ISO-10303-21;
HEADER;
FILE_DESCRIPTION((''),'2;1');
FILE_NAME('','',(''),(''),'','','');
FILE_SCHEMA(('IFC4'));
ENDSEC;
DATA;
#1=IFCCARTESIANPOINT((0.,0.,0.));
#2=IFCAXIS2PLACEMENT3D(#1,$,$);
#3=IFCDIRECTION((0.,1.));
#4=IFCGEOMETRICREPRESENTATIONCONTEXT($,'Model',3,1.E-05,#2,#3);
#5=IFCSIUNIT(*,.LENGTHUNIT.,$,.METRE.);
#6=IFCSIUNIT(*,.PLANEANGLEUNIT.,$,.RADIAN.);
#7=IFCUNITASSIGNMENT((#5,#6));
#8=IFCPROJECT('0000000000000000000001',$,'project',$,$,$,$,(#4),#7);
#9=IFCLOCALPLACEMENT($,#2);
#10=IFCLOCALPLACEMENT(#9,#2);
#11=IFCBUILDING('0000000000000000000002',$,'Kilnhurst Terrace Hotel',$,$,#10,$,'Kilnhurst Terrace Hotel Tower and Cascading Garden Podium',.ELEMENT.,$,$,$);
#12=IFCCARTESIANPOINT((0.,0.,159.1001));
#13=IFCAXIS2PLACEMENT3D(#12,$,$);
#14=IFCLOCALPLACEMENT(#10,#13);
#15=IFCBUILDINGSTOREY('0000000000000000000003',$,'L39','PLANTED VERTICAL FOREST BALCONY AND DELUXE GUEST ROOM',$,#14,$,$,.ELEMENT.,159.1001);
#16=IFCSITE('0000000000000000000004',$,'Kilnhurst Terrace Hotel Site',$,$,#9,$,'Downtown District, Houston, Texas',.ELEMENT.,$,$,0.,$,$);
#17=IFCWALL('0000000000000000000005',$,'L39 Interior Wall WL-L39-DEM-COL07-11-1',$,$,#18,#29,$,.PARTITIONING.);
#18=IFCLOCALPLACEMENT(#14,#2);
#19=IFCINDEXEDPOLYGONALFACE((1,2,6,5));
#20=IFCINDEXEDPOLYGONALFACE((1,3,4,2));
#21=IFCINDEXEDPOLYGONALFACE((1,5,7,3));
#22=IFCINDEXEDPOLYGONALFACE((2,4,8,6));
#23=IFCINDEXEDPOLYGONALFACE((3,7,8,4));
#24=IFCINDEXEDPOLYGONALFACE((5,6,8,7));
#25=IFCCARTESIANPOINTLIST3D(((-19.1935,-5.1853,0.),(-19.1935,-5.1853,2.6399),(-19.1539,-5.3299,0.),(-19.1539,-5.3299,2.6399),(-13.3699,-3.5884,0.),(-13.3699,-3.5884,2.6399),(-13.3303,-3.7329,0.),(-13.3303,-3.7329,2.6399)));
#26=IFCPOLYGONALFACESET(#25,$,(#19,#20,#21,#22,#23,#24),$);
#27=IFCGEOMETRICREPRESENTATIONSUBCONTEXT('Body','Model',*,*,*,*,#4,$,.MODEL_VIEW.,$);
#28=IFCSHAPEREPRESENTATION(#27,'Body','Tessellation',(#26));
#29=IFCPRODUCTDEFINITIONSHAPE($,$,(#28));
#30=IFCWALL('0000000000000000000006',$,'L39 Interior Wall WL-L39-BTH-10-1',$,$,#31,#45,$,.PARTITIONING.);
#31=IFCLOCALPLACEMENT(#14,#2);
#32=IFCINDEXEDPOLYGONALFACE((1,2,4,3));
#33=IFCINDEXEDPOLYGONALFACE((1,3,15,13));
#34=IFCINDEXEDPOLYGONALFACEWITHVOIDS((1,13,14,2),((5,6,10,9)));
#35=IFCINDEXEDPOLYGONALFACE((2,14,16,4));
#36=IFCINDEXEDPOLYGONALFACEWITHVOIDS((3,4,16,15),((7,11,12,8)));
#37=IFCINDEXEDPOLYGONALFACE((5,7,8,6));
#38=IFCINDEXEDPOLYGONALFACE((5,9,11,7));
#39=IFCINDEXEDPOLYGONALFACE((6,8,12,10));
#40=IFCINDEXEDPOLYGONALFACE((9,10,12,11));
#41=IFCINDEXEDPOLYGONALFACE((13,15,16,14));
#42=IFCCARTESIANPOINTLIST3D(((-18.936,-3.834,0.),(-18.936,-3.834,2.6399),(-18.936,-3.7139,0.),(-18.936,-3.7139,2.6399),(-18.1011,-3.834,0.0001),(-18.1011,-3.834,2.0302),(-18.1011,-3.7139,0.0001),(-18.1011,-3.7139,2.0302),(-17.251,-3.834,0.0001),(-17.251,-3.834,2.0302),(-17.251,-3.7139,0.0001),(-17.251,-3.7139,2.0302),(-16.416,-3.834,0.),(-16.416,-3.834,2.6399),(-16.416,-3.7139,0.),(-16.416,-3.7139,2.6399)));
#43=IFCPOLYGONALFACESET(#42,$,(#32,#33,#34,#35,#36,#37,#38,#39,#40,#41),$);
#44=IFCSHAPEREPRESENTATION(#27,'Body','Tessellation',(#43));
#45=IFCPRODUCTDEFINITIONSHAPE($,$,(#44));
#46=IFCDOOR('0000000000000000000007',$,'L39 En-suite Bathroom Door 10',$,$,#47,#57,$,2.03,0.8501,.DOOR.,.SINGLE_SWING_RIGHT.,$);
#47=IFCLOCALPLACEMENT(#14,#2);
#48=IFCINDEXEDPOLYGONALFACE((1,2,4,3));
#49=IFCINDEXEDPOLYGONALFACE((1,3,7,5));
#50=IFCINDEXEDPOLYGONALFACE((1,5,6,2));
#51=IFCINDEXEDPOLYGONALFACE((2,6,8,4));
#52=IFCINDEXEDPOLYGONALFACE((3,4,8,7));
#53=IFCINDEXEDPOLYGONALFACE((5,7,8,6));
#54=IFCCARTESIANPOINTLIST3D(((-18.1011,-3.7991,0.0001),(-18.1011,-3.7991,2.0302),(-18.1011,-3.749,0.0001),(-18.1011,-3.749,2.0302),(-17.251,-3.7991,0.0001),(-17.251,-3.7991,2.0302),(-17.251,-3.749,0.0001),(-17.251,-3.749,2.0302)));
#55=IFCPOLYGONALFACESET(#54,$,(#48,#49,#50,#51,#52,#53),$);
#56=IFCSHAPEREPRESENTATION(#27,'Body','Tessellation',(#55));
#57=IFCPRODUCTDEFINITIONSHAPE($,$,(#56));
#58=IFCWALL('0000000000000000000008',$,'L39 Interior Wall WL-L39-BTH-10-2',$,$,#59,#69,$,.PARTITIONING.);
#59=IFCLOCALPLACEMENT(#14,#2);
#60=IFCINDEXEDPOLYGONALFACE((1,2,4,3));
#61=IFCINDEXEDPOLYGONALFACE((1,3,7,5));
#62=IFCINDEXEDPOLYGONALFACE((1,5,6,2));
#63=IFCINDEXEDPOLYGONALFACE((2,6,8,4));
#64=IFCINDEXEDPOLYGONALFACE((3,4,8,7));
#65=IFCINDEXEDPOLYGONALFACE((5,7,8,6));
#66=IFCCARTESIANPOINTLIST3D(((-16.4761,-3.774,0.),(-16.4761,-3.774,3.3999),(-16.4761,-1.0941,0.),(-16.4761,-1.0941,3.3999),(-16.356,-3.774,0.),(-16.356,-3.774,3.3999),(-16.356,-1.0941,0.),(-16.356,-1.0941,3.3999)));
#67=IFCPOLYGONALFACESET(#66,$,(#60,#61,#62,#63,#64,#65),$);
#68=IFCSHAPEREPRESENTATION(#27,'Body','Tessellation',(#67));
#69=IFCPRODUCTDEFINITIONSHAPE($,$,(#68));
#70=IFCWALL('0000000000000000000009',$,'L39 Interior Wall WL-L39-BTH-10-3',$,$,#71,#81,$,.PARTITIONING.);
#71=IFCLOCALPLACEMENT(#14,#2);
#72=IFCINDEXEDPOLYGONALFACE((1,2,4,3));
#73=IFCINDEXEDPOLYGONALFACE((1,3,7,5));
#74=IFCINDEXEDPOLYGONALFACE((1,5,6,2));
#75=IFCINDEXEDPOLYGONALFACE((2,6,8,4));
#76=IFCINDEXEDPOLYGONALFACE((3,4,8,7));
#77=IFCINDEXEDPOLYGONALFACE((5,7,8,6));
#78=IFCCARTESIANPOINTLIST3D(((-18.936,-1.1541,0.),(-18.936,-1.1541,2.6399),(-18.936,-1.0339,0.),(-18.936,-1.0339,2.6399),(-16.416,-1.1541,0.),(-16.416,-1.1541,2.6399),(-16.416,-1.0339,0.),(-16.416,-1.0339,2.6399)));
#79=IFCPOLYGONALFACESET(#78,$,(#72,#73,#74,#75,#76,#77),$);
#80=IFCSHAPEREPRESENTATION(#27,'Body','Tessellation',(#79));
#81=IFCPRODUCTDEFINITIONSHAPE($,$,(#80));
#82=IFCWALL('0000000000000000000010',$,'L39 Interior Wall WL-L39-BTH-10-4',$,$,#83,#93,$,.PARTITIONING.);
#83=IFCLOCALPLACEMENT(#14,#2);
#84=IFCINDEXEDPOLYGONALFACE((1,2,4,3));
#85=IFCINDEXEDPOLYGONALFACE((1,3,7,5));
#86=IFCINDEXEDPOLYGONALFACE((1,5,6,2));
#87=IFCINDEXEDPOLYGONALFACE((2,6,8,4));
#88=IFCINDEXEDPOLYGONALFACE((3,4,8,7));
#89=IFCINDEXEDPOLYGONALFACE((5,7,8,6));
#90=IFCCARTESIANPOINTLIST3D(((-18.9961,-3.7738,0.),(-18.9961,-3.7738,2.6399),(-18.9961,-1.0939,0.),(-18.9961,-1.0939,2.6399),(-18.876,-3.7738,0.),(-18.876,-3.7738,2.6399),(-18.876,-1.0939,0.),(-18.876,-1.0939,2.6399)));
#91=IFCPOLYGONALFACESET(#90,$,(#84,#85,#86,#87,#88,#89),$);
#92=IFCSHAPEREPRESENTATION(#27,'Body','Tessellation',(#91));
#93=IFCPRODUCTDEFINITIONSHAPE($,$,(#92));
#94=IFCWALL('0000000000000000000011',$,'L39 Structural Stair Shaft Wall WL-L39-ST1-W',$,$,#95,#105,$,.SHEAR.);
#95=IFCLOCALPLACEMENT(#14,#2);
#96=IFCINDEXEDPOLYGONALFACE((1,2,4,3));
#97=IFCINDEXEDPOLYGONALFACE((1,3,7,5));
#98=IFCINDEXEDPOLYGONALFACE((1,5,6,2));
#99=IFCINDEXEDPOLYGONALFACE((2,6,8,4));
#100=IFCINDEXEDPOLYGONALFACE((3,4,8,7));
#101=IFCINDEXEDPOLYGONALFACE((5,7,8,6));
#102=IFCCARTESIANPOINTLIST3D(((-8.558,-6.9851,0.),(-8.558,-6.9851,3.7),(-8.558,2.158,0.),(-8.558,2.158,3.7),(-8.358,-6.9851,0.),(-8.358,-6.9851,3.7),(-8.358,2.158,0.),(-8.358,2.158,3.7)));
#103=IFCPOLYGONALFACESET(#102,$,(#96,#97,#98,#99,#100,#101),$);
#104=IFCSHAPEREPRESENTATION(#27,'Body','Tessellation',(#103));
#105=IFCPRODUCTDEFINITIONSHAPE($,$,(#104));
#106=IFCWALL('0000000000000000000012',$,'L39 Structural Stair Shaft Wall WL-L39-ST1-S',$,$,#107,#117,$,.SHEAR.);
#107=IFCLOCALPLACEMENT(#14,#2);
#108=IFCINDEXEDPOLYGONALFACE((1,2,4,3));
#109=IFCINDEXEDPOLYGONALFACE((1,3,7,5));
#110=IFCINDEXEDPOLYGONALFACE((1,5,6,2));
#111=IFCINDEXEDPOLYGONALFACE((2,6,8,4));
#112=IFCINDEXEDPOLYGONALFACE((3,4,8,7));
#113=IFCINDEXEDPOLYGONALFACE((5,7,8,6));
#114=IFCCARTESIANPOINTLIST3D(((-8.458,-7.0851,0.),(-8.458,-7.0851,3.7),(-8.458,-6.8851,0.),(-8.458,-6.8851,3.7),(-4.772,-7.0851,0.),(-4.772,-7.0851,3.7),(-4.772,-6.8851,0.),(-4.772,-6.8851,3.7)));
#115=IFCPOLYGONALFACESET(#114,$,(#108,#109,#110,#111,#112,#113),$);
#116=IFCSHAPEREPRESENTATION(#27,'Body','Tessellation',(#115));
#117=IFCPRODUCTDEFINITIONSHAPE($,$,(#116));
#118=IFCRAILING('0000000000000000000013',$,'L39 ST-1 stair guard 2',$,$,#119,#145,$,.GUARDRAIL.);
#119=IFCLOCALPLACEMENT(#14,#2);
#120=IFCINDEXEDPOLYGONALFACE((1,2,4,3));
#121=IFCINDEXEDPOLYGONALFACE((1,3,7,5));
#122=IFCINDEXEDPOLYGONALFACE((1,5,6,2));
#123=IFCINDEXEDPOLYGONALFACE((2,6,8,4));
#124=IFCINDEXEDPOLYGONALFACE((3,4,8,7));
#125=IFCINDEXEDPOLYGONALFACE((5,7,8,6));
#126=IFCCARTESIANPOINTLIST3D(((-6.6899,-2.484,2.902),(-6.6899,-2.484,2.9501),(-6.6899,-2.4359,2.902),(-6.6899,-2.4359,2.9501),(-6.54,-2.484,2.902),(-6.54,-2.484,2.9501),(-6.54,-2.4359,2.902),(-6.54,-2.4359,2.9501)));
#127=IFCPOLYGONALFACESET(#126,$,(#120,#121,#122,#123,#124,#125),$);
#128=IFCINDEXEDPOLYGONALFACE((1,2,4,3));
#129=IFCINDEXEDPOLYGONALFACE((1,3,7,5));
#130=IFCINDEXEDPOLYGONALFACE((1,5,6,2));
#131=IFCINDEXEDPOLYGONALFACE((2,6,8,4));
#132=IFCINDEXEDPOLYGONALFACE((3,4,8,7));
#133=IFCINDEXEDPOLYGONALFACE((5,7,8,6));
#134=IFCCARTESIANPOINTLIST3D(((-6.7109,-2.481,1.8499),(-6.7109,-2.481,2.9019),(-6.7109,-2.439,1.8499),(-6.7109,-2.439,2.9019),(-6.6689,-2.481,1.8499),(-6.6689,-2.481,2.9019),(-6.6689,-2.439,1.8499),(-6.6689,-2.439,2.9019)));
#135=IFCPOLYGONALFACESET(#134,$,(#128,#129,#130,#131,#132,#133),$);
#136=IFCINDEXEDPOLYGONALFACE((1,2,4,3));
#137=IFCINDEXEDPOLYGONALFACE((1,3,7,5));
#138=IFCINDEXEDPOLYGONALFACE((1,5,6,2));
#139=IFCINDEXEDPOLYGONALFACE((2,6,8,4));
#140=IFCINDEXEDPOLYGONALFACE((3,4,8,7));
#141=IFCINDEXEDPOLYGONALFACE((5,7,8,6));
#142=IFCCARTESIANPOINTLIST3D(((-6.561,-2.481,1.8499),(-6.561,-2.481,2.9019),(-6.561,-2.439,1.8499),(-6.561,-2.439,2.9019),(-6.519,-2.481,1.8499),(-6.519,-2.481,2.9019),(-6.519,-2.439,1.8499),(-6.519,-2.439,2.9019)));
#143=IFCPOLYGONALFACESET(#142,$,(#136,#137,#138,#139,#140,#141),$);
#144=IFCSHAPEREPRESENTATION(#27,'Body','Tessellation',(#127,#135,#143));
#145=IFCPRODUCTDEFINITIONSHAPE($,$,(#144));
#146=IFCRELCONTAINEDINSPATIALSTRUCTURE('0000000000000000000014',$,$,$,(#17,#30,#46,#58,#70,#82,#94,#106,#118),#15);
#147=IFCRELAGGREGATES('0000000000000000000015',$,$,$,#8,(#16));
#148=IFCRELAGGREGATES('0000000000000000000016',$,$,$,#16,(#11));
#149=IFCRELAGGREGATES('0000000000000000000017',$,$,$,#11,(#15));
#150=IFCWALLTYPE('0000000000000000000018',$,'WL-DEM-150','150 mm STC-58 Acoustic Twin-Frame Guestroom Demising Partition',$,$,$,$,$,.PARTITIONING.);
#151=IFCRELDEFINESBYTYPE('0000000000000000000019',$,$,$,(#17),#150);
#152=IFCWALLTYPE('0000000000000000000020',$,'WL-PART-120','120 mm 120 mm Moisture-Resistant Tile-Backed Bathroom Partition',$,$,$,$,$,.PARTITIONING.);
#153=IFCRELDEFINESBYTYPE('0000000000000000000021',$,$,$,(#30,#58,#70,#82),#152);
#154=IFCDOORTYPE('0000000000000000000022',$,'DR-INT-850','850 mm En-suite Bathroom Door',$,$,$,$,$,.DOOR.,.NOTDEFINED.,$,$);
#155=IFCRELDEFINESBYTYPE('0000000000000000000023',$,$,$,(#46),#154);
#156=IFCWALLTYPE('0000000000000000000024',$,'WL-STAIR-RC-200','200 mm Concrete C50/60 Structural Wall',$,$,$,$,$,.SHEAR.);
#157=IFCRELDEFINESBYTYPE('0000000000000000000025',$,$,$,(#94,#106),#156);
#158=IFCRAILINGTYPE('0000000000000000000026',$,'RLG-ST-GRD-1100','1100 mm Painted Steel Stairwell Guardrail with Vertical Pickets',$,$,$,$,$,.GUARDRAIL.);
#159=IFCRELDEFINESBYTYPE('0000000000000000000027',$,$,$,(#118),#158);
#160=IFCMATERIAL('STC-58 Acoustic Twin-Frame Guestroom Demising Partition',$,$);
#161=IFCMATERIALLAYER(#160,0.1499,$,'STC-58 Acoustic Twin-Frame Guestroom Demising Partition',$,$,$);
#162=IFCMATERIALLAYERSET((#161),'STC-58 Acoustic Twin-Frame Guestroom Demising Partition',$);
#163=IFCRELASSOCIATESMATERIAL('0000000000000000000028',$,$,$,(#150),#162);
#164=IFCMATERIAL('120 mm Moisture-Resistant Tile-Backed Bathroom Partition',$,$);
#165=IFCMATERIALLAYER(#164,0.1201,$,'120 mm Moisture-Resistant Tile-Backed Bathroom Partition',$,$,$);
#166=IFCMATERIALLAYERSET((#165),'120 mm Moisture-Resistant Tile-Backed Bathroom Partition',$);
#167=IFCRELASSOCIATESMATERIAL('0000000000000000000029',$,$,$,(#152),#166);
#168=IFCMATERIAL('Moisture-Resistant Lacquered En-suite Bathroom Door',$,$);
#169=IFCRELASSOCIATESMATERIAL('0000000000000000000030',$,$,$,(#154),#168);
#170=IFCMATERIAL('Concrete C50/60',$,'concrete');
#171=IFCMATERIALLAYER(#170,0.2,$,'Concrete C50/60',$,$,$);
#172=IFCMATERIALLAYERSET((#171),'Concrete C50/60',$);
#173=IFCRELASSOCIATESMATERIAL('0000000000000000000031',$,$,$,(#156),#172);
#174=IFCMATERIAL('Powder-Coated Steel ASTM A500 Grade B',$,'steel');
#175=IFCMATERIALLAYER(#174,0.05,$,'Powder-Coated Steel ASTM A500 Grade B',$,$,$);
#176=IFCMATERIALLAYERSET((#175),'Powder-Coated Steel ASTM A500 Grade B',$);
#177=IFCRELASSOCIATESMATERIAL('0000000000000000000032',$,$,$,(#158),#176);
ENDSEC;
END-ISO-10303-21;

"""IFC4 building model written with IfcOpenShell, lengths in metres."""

from ifc_helpers import new_model, si_unit, direction, frame, frame_2d, origin, origin_2d, place, context, subcontext, project, spatial, rectangle, extrude, material, layer, layer_set, type_object, element, fill, save


model = new_model("IFC4")

# Units and contexts
model_context = context("Model", 3, precision=1e-05, world=origin(), true_north=direction((0.0, 1.0)))
body_context = subcontext(model_context, "Body", "Model", "MODEL_VIEW")
ifc_project = project(units=[si_unit("LENGTHUNIT", "METRE"), si_unit("PLANEANGLEUNIT", "RADIAN")], contexts=[model_context])

# Site, building, storey
site_placement = place(None, origin())
site = spatial("IfcSite", under=ifc_project, at=site_placement, Name="Kilnhurst Terrace Hotel Site", LongName="Downtown District, Houston, Texas", CompositionType="ELEMENT", RefElevation=0.0)
building_placement = place(site_placement, origin())
building = spatial("IfcBuilding", under=site, at=building_placement, Name="Kilnhurst Terrace Hotel", LongName="Kilnhurst Terrace Hotel Tower and Cascading Garden Podium", CompositionType="ELEMENT")
storey_placement = place(building_placement, frame((0.0, 0.0, 159.1001)))
storey = spatial("IfcBuildingStorey", under=building, at=storey_placement, Name="L39", Description="PLANTED VERTICAL FOREST BALCONY AND DELUXE GUEST ROOM", CompositionType="ELEMENT", Elevation=159.1001)

# Shared definitions
ifc_material_1 = material(Name="Concrete C50/60", Category="concrete")

# Wall
ifc_material_2 = material(Name="STC-58 Acoustic Twin-Frame Guestroom Demising Partition")
ifc_layer_1 = layer(ifc_material_2, 0.1499, Name="STC-58 Acoustic Twin-Frame Guestroom Demising Partition")
ifc_layer_set_1 = layer_set([ifc_layer_1], Name="STC-58 Acoustic Twin-Frame Guestroom Demising Partition")
wall_type_1 = type_object("IfcWallType", Name="WL-DEM-150", Description="150 mm STC-58 Acoustic Twin-Frame Guestroom Demising Partition", PredefinedType="PARTITIONING", material=ifc_layer_set_1)
wall_1_placement = place(storey_placement, frame((-13.3501, -3.6606, 0.0), z_axis=(0.0, 0.0, 1.0), x_axis=(-0.964397, -0.264458, 0.0)))
element("IfcWall", 1, at=wall_1_placement, inside=storey, type_object=wall_type_1, Name="L39 Interior Wall WL-L39-DEM-COL07-11-1", PredefinedType="PARTITIONING", context=body_context, shape_type="SweptSolid", body=[
    extrude(rectangle(XDim=6.0386, YDim=0.1499, at=frame_2d((3.0193, 0.0))), origin(), (0.0, 0.0, 1.0), 2.6399),
])

# Wall, opening, door
ifc_material_3 = material(Name="120 mm Moisture-Resistant Tile-Backed Bathroom Partition")
ifc_layer_2 = layer(ifc_material_3, 0.1201, Name="120 mm Moisture-Resistant Tile-Backed Bathroom Partition")
ifc_layer_set_2 = layer_set([ifc_layer_2], Name="120 mm Moisture-Resistant Tile-Backed Bathroom Partition")
wall_type_2 = type_object("IfcWallType", Name="WL-PART-120", Description="120 mm 120 mm Moisture-Resistant Tile-Backed Bathroom Partition", PredefinedType="PARTITIONING", material=ifc_layer_set_2)
wall_2_placement = place(storey_placement, frame((-18.936, -3.7739, 0.0), z_axis=(0.0, 0.0, 1.0), x_axis=(1.0, 0.0, 0.0)))
wall_2 = element("IfcWall", 2, at=wall_2_placement, inside=storey, type_object=wall_type_2, Name="L39 Interior Wall WL-L39-BTH-10-1", PredefinedType="PARTITIONING", context=body_context, shape_type="SweptSolid", body=[
    extrude(rectangle(XDim=2.52, YDim=0.1201, at=frame_2d((1.26, 0.0))), origin(), (0.0, 0.0, 1.0), 2.6399),
])
opening_1_placement = place(wall_2_placement, frame((0.835, 0.0, 0.0)))
opening_1 = element("IfcOpeningElement", 3, at=opening_1_placement, cuts=wall_2, PredefinedType="OPENING", context=body_context, shape_type="SweptSolid", body=[
    extrude(rectangle(XDim=0.8501, YDim=2.03, at=frame_2d((0.425, 1.0151))), frame((0.0, 0.0701, 0.0), z_axis=(0.0, -1.0, 0.0), x_axis=(1.0, 0.0, 0.0)), (0.0, 0.0, 1.0), 0.1401),
])
ifc_material_4 = material(Name="Moisture-Resistant Lacquered En-suite Bathroom Door")
door_type_1 = type_object("IfcDoorType", Name="DR-INT-850", Description="850 mm En-suite Bathroom Door", OperationType="NOTDEFINED", PredefinedType="DOOR", material=ifc_material_4)
door_1_placement = place(opening_1_placement, origin())
door_1 = element("IfcDoor", 4, at=door_1_placement, inside=storey, type_object=door_type_1, Name="L39 En-suite Bathroom Door 10", OperationType="SINGLE_SWING_RIGHT", OverallHeight=2.03, OverallWidth=0.8501, PredefinedType="DOOR", context=body_context, shape_type="SweptSolid", body=[
    extrude(rectangle(XDim=0.8501, YDim=2.03, at=frame_2d((0.425, 1.0151))), frame((0.0, 0.0249, 0.0), z_axis=(0.0, -1.0, 0.0), x_axis=(1.0, 0.0, 0.0)), (0.0, 0.0, 1.0), 0.05),
])
fill(opening_1, door_1)

# Walls
wall_3_placement = place(storey_placement, frame((-16.416, -3.7739, 0.0), z_axis=(0.0, 0.0, 1.0), x_axis=(0.0, 1.0, 0.0)))
element("IfcWall", 5, at=wall_3_placement, inside=storey, type_object=wall_type_2, Name="L39 Interior Wall WL-L39-BTH-10-2", PredefinedType="PARTITIONING", context=body_context, shape_type="SweptSolid", body=[
    extrude(rectangle(XDim=2.6799, YDim=0.1201, at=frame_2d((1.3398, 0.0))), origin(), (0.0, 0.0, 1.0), 3.3999),
])
wall_4_placement = place(storey_placement, frame((-16.416, -1.094, 0.0), z_axis=(0.0, 0.0, 1.0), x_axis=(-1.0, 0.0, 0.0)))
element("IfcWall", 6, at=wall_4_placement, inside=storey, type_object=wall_type_2, Name="L39 Interior Wall WL-L39-BTH-10-3", PredefinedType="PARTITIONING", context=body_context, shape_type="SweptSolid", body=[
    extrude(rectangle(XDim=2.52, YDim=0.1201, at=frame_2d((1.26, 0.0))), origin(), (0.0, 0.0, 1.0), 2.6399),
])
wall_5_placement = place(storey_placement, frame((-18.936, -1.094, 0.0), z_axis=(0.0, 0.0, 1.0), x_axis=(0.0, -1.0, 0.0)))
element("IfcWall", 7, at=wall_5_placement, inside=storey, type_object=wall_type_2, Name="L39 Interior Wall WL-L39-BTH-10-4", PredefinedType="PARTITIONING", context=body_context, shape_type="SweptSolid", body=[
    extrude(rectangle(XDim=2.6799, YDim=0.1201, at=frame_2d((1.3398, 0.0))), origin(), (0.0, 0.0, 1.0), 2.6399),
])
ifc_layer_3 = layer(ifc_material_1, 0.2, Name="Concrete C50/60")
ifc_layer_set_3 = layer_set([ifc_layer_3], Name="Concrete C50/60")
wall_type_3 = type_object("IfcWallType", Name="WL-STAIR-RC-200", Description="200 mm Concrete C50/60 Structural Wall", PredefinedType="SHEAR", material=ifc_layer_set_3)
wall_6_placement = place(storey_placement, frame((-8.458, -6.9851, 0.0), z_axis=(0.0, 0.0, 1.0), x_axis=(0.0, 1.0, 0.0)))
element("IfcWall", 8, at=wall_6_placement, inside=storey, type_object=wall_type_3, Name="L39 Structural Stair Shaft Wall WL-L39-ST1-W", PredefinedType="SHEAR", context=body_context, shape_type="SweptSolid", body=[
    extrude(rectangle(XDim=9.1431, YDim=0.2, at=frame_2d((4.5715, 0.0))), origin(), (0.0, 0.0, 1.0), 3.7),
])
wall_7_placement = place(storey_placement, frame((-8.458, -6.9851, 0.0), z_axis=(0.0, 0.0, 1.0), x_axis=(1.0, 0.0, 0.0)))
element("IfcWall", 9, at=wall_7_placement, inside=storey, type_object=wall_type_3, Name="L39 Structural Stair Shaft Wall WL-L39-ST1-S", PredefinedType="SHEAR", context=body_context, shape_type="SweptSolid", body=[
    extrude(rectangle(XDim=3.686, YDim=0.2, at=frame_2d((1.843, 0.0))), origin(), (0.0, 0.0, 1.0), 3.7),
])

# Railing
ifc_material_5 = material(Name="Powder-Coated Steel ASTM A500 Grade B", Category="steel")
ifc_layer_4 = layer(ifc_material_5, 0.05, Name="Powder-Coated Steel ASTM A500 Grade B")
ifc_layer_set_4 = layer_set([ifc_layer_4], Name="Powder-Coated Steel ASTM A500 Grade B")
railing_type = type_object("IfcRailingType", Name="RLG-ST-GRD-1100", Description="1100 mm Painted Steel Stairwell Guardrail with Vertical Pickets", PredefinedType="GUARDRAIL", material=ifc_layer_set_4)
railing_placement = place(storey_placement, frame((-6.6899, -2.46, 1.8499)))
element("IfcRailing", 10, at=railing_placement, inside=storey, type_object=railing_type, Name="L39 ST-1 stair guard 2", PredefinedType="GUARDRAIL", context=body_context, shape_type="SweptSolid", body=[
    extrude(rectangle(XDim=0.0481, YDim=0.0481, at=origin_2d()), frame((0.0, 0.0, 1.0762), z_axis=(1.0, 0.0, 0.0), x_axis=(0.0, 1.0, 0.0)), (0.0, 0.0, 1.0), 0.1499),
    extrude(rectangle(XDim=0.042, YDim=0.042, at=origin_2d()), origin(), (0.0, 0.0, 1.0), 1.052),
    extrude(rectangle(XDim=0.042, YDim=0.042, at=origin_2d()), frame((0.1499, 0.0, 0.0)), (0.0, 0.0, 1.0), 1.052),
])

save(model, "model.ifc")
